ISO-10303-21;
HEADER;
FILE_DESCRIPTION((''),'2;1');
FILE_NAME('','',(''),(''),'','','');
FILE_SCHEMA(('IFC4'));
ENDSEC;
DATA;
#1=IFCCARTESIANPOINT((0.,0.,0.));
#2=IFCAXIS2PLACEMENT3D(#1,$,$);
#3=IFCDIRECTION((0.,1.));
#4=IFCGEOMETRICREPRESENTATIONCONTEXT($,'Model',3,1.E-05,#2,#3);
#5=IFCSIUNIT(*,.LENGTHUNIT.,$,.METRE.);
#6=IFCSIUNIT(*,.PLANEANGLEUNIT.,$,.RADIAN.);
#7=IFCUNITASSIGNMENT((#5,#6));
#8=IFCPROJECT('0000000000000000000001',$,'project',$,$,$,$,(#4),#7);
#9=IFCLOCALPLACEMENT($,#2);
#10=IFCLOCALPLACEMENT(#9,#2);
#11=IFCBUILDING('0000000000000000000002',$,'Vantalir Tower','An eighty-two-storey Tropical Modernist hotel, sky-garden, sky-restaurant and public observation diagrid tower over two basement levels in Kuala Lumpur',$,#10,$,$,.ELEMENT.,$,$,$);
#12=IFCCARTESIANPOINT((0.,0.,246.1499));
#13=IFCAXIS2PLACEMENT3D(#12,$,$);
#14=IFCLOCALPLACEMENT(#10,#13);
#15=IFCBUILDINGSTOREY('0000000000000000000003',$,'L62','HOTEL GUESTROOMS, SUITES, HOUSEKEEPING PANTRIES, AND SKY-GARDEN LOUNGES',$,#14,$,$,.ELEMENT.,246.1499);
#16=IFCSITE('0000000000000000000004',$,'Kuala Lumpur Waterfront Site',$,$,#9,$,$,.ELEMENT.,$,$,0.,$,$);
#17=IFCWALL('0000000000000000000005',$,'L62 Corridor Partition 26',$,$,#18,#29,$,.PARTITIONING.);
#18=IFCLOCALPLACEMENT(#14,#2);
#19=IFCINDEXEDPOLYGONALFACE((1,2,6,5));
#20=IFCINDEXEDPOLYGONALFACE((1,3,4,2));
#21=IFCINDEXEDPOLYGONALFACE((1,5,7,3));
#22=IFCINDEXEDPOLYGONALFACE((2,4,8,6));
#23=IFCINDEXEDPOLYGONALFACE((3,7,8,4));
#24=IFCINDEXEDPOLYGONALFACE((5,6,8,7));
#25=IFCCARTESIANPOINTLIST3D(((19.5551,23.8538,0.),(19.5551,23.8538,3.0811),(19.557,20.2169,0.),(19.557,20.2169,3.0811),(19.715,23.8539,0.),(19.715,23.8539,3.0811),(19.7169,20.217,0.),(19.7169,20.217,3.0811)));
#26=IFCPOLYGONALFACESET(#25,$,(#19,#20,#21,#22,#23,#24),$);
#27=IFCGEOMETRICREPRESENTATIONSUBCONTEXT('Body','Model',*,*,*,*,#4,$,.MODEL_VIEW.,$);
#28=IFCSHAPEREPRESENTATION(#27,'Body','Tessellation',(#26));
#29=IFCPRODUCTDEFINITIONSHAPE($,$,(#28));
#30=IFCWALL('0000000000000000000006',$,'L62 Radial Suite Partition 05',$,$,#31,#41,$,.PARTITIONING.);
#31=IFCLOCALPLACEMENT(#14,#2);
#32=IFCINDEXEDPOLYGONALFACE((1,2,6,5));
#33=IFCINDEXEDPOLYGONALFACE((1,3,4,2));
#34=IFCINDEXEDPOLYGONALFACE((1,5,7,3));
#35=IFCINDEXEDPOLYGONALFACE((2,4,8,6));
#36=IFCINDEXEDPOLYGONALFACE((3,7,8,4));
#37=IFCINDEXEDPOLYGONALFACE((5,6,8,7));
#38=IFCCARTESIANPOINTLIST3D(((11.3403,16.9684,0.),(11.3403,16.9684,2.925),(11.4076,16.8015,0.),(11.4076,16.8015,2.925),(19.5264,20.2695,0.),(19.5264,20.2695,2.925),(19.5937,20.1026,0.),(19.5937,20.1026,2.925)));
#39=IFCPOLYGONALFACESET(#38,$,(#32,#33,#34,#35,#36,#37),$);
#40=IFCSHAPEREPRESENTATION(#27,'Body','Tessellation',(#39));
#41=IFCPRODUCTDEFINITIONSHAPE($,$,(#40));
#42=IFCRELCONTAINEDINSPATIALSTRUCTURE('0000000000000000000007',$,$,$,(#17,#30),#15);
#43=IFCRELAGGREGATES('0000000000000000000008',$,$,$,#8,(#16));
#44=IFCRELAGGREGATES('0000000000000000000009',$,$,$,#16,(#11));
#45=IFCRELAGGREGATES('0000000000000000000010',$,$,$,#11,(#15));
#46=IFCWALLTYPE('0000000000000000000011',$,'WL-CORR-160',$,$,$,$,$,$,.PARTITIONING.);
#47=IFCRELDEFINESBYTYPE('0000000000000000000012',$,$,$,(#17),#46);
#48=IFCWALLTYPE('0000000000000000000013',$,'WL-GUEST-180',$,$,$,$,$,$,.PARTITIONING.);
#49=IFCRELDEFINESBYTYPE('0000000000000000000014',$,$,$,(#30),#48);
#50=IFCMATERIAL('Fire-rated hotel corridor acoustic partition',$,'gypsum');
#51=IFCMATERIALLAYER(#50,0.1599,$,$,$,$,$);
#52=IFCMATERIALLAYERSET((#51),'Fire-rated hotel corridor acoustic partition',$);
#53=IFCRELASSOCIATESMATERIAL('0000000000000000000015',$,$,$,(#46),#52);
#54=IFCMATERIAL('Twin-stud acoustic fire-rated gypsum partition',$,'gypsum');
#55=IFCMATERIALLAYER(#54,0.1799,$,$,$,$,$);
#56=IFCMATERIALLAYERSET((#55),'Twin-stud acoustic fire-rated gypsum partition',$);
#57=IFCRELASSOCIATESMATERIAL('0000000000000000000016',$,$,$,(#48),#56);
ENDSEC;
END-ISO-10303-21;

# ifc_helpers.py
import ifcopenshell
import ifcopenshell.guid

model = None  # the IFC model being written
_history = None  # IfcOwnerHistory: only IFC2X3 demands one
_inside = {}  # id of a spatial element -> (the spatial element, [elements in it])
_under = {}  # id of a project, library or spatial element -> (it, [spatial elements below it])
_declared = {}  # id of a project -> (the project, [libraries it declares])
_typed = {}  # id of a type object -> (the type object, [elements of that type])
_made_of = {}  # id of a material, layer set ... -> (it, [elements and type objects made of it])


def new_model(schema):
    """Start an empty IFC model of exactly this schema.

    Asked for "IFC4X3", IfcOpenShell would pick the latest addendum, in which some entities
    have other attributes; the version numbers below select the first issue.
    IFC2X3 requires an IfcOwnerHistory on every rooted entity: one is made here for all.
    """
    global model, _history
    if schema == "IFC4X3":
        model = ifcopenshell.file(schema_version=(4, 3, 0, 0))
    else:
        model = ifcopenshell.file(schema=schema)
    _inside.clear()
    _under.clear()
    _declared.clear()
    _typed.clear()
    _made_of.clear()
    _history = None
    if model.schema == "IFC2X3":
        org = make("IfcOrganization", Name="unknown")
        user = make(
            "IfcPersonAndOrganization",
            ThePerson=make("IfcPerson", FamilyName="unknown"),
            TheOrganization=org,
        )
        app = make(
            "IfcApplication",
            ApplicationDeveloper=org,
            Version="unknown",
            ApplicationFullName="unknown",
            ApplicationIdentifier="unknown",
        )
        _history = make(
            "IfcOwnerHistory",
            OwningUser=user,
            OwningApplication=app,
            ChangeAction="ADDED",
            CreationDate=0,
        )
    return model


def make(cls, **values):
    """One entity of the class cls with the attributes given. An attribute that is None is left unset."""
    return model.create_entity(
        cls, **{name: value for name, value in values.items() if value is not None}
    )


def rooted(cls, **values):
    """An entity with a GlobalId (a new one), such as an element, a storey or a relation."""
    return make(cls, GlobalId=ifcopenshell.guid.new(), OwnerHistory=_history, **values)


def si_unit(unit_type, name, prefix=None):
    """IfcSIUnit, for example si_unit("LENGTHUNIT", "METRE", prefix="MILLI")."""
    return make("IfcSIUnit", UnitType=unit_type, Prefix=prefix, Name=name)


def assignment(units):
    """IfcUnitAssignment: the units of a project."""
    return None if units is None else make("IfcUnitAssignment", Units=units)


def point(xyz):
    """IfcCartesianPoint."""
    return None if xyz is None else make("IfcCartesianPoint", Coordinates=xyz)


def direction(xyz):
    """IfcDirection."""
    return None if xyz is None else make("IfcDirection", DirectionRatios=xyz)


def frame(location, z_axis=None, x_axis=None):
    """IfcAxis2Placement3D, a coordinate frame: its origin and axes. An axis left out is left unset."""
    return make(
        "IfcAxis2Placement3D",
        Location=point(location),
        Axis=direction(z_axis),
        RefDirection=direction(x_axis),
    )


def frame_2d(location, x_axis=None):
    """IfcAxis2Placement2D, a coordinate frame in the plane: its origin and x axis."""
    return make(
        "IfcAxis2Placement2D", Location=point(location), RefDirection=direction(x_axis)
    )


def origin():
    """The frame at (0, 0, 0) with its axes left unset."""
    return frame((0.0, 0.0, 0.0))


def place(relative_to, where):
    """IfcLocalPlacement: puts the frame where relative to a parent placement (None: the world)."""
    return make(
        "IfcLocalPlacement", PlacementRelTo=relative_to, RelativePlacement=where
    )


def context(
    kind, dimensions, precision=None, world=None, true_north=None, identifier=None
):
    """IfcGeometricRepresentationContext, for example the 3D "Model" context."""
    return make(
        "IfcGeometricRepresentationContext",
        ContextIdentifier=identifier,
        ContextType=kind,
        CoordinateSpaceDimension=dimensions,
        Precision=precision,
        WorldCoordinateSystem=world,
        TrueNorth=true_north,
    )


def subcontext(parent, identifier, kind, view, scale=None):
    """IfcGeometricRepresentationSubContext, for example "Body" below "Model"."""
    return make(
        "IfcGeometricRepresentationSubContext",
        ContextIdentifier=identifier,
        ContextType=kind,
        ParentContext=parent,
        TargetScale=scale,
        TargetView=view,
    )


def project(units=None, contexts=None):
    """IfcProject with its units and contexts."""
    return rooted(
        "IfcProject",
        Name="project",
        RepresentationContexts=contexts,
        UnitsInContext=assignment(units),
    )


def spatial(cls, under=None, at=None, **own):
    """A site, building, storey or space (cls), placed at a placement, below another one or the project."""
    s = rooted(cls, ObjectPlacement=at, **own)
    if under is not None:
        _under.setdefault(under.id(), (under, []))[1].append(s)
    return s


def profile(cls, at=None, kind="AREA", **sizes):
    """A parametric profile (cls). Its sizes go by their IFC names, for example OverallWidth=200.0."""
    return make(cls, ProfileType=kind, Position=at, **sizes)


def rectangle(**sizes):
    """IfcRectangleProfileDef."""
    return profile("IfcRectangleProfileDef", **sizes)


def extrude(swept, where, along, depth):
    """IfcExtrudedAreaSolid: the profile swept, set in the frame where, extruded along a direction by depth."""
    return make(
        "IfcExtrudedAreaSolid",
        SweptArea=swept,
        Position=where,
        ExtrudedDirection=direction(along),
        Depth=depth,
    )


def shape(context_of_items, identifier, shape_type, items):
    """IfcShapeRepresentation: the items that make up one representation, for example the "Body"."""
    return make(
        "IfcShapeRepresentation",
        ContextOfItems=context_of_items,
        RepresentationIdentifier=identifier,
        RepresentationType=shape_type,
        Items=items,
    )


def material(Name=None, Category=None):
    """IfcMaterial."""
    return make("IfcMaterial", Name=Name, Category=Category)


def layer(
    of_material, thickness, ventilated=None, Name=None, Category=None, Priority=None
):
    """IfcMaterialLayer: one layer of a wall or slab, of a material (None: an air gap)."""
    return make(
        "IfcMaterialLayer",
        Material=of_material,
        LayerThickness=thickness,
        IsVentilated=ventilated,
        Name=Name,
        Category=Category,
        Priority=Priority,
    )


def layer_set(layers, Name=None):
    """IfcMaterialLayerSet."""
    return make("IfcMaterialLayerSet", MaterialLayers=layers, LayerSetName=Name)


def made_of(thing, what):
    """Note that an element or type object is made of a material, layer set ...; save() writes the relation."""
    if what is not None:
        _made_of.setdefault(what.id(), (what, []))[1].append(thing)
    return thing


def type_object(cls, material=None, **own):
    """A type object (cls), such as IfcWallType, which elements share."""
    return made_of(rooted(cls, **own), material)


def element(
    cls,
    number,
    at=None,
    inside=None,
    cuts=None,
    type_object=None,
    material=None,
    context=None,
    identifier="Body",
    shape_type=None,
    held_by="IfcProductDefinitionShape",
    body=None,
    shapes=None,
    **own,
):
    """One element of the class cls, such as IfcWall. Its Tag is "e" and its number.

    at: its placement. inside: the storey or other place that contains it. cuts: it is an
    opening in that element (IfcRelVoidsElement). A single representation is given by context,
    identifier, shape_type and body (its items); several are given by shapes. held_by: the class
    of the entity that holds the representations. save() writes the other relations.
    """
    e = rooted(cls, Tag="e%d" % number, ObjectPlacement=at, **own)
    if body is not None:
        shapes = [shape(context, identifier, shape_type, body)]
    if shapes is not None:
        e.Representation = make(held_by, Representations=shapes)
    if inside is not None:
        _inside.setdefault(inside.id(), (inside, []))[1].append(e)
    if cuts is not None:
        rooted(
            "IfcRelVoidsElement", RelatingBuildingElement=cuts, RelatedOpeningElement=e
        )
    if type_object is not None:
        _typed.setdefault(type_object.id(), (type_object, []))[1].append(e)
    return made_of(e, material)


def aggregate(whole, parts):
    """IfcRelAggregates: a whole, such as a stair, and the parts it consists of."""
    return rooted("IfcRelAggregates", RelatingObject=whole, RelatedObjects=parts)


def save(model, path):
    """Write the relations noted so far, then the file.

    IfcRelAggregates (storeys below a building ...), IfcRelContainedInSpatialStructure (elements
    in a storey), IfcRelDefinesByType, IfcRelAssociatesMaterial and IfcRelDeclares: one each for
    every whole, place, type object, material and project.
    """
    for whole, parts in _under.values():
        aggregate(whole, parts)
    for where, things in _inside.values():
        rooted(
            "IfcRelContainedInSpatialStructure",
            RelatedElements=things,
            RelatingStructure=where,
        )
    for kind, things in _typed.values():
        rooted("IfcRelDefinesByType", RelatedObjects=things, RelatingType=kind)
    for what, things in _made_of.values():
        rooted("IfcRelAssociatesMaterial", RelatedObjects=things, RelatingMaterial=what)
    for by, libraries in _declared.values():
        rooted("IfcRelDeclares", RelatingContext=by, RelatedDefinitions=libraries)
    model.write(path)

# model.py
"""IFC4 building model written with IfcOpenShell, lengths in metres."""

from ifc_helpers import new_model, si_unit, direction, frame, frame_2d, origin, place, context, subcontext, project, spatial, rectangle, extrude, material, layer, layer_set, type_object, element, save


model = new_model("IFC4")

# Units and contexts
model_context = context("Model", 3, precision=1e-05, world=origin(), true_north=direction((0.0, 1.0)))
body_context = subcontext(model_context, "Body", "Model", "MODEL_VIEW")
ifc_project = project(units=[si_unit("LENGTHUNIT", "METRE"), si_unit("PLANEANGLEUNIT", "RADIAN")], contexts=[model_context])

# Site, building, storey
site_placement = place(None, origin())
site = spatial("IfcSite", under=ifc_project, at=site_placement, Name="Kuala Lumpur Waterfront Site", CompositionType="ELEMENT", RefElevation=0.0)
building_placement = place(site_placement, origin())
building = spatial("IfcBuilding", under=site, at=building_placement, Name="Vantalir Tower", Description="An eighty-two-storey Tropical Modernist hotel, sky-garden, sky-restaurant and public observation diagrid tower over two basement levels in Kuala Lumpur", CompositionType="ELEMENT")
storey_placement = place(building_placement, frame((0.0, 0.0, 246.1499)))
storey = spatial("IfcBuildingStorey", under=building, at=storey_placement, Name="L62", Description="HOTEL GUESTROOMS, SUITES, HOUSEKEEPING PANTRIES, AND SKY-GARDEN LOUNGES", CompositionType="ELEMENT", Elevation=246.1499)

# Shared definitions
ifc_material_1 = material(Name="Fire-rated hotel corridor acoustic partition", Category="gypsum")
ifc_layer_1 = layer(ifc_material_1, 0.1599)
ifc_layer_set_1 = layer_set([ifc_layer_1], Name="Fire-rated hotel corridor acoustic partition")
wall_type_1 = type_object("IfcWallType", Name="WL-CORR-160", PredefinedType="PARTITIONING", material=ifc_layer_set_1)

# Walls
wall_1_placement = place(storey_placement, frame((19.637, 20.217, 0.0), z_axis=(0.0, 0.0, 1.0), x_axis=(-0.000537, 1.0, 0.0)))
element("IfcWall", 1, at=wall_1_placement, inside=storey, type_object=wall_type_1, Name="L62 Corridor Partition 26", PredefinedType="PARTITIONING", context=body_context, shape_type="SweptSolid", body=[
    extrude(rectangle(XDim=3.637, YDim=0.1599, at=frame_2d((1.8184, 0.0))), origin(), (0.0, 0.0, 1.0), 3.0811),
])
ifc_material_2 = material(Name="Twin-stud acoustic fire-rated gypsum partition", Category="gypsum")
ifc_layer_2 = layer(ifc_material_2, 0.1799)
ifc_layer_set_2 = layer_set([ifc_layer_2], Name="Twin-stud acoustic fire-rated gypsum partition")
wall_type_2 = type_object("IfcWallType", Name="WL-GUEST-180", PredefinedType="PARTITIONING", material=ifc_layer_set_2)
wall_2_placement = place(storey_placement, frame((19.5601, 20.186, 0.0), z_axis=(0.0, 0.0, 1.0), x_axis=(-0.927433, -0.373988, 0.0)))
element("IfcWall", 2, at=wall_2_placement, inside=storey, type_object=wall_type_2, Name="L62 Radial Suite Partition 05", PredefinedType="PARTITIONING", context=body_context, shape_type="SweptSolid", body=[
    extrude(rectangle(XDim=8.8267, YDim=0.1799, at=frame_2d((4.4133, 0.0))), origin(), (0.0, 0.0, 1.0), 2.925),
])

save(model, "model.ifc")
